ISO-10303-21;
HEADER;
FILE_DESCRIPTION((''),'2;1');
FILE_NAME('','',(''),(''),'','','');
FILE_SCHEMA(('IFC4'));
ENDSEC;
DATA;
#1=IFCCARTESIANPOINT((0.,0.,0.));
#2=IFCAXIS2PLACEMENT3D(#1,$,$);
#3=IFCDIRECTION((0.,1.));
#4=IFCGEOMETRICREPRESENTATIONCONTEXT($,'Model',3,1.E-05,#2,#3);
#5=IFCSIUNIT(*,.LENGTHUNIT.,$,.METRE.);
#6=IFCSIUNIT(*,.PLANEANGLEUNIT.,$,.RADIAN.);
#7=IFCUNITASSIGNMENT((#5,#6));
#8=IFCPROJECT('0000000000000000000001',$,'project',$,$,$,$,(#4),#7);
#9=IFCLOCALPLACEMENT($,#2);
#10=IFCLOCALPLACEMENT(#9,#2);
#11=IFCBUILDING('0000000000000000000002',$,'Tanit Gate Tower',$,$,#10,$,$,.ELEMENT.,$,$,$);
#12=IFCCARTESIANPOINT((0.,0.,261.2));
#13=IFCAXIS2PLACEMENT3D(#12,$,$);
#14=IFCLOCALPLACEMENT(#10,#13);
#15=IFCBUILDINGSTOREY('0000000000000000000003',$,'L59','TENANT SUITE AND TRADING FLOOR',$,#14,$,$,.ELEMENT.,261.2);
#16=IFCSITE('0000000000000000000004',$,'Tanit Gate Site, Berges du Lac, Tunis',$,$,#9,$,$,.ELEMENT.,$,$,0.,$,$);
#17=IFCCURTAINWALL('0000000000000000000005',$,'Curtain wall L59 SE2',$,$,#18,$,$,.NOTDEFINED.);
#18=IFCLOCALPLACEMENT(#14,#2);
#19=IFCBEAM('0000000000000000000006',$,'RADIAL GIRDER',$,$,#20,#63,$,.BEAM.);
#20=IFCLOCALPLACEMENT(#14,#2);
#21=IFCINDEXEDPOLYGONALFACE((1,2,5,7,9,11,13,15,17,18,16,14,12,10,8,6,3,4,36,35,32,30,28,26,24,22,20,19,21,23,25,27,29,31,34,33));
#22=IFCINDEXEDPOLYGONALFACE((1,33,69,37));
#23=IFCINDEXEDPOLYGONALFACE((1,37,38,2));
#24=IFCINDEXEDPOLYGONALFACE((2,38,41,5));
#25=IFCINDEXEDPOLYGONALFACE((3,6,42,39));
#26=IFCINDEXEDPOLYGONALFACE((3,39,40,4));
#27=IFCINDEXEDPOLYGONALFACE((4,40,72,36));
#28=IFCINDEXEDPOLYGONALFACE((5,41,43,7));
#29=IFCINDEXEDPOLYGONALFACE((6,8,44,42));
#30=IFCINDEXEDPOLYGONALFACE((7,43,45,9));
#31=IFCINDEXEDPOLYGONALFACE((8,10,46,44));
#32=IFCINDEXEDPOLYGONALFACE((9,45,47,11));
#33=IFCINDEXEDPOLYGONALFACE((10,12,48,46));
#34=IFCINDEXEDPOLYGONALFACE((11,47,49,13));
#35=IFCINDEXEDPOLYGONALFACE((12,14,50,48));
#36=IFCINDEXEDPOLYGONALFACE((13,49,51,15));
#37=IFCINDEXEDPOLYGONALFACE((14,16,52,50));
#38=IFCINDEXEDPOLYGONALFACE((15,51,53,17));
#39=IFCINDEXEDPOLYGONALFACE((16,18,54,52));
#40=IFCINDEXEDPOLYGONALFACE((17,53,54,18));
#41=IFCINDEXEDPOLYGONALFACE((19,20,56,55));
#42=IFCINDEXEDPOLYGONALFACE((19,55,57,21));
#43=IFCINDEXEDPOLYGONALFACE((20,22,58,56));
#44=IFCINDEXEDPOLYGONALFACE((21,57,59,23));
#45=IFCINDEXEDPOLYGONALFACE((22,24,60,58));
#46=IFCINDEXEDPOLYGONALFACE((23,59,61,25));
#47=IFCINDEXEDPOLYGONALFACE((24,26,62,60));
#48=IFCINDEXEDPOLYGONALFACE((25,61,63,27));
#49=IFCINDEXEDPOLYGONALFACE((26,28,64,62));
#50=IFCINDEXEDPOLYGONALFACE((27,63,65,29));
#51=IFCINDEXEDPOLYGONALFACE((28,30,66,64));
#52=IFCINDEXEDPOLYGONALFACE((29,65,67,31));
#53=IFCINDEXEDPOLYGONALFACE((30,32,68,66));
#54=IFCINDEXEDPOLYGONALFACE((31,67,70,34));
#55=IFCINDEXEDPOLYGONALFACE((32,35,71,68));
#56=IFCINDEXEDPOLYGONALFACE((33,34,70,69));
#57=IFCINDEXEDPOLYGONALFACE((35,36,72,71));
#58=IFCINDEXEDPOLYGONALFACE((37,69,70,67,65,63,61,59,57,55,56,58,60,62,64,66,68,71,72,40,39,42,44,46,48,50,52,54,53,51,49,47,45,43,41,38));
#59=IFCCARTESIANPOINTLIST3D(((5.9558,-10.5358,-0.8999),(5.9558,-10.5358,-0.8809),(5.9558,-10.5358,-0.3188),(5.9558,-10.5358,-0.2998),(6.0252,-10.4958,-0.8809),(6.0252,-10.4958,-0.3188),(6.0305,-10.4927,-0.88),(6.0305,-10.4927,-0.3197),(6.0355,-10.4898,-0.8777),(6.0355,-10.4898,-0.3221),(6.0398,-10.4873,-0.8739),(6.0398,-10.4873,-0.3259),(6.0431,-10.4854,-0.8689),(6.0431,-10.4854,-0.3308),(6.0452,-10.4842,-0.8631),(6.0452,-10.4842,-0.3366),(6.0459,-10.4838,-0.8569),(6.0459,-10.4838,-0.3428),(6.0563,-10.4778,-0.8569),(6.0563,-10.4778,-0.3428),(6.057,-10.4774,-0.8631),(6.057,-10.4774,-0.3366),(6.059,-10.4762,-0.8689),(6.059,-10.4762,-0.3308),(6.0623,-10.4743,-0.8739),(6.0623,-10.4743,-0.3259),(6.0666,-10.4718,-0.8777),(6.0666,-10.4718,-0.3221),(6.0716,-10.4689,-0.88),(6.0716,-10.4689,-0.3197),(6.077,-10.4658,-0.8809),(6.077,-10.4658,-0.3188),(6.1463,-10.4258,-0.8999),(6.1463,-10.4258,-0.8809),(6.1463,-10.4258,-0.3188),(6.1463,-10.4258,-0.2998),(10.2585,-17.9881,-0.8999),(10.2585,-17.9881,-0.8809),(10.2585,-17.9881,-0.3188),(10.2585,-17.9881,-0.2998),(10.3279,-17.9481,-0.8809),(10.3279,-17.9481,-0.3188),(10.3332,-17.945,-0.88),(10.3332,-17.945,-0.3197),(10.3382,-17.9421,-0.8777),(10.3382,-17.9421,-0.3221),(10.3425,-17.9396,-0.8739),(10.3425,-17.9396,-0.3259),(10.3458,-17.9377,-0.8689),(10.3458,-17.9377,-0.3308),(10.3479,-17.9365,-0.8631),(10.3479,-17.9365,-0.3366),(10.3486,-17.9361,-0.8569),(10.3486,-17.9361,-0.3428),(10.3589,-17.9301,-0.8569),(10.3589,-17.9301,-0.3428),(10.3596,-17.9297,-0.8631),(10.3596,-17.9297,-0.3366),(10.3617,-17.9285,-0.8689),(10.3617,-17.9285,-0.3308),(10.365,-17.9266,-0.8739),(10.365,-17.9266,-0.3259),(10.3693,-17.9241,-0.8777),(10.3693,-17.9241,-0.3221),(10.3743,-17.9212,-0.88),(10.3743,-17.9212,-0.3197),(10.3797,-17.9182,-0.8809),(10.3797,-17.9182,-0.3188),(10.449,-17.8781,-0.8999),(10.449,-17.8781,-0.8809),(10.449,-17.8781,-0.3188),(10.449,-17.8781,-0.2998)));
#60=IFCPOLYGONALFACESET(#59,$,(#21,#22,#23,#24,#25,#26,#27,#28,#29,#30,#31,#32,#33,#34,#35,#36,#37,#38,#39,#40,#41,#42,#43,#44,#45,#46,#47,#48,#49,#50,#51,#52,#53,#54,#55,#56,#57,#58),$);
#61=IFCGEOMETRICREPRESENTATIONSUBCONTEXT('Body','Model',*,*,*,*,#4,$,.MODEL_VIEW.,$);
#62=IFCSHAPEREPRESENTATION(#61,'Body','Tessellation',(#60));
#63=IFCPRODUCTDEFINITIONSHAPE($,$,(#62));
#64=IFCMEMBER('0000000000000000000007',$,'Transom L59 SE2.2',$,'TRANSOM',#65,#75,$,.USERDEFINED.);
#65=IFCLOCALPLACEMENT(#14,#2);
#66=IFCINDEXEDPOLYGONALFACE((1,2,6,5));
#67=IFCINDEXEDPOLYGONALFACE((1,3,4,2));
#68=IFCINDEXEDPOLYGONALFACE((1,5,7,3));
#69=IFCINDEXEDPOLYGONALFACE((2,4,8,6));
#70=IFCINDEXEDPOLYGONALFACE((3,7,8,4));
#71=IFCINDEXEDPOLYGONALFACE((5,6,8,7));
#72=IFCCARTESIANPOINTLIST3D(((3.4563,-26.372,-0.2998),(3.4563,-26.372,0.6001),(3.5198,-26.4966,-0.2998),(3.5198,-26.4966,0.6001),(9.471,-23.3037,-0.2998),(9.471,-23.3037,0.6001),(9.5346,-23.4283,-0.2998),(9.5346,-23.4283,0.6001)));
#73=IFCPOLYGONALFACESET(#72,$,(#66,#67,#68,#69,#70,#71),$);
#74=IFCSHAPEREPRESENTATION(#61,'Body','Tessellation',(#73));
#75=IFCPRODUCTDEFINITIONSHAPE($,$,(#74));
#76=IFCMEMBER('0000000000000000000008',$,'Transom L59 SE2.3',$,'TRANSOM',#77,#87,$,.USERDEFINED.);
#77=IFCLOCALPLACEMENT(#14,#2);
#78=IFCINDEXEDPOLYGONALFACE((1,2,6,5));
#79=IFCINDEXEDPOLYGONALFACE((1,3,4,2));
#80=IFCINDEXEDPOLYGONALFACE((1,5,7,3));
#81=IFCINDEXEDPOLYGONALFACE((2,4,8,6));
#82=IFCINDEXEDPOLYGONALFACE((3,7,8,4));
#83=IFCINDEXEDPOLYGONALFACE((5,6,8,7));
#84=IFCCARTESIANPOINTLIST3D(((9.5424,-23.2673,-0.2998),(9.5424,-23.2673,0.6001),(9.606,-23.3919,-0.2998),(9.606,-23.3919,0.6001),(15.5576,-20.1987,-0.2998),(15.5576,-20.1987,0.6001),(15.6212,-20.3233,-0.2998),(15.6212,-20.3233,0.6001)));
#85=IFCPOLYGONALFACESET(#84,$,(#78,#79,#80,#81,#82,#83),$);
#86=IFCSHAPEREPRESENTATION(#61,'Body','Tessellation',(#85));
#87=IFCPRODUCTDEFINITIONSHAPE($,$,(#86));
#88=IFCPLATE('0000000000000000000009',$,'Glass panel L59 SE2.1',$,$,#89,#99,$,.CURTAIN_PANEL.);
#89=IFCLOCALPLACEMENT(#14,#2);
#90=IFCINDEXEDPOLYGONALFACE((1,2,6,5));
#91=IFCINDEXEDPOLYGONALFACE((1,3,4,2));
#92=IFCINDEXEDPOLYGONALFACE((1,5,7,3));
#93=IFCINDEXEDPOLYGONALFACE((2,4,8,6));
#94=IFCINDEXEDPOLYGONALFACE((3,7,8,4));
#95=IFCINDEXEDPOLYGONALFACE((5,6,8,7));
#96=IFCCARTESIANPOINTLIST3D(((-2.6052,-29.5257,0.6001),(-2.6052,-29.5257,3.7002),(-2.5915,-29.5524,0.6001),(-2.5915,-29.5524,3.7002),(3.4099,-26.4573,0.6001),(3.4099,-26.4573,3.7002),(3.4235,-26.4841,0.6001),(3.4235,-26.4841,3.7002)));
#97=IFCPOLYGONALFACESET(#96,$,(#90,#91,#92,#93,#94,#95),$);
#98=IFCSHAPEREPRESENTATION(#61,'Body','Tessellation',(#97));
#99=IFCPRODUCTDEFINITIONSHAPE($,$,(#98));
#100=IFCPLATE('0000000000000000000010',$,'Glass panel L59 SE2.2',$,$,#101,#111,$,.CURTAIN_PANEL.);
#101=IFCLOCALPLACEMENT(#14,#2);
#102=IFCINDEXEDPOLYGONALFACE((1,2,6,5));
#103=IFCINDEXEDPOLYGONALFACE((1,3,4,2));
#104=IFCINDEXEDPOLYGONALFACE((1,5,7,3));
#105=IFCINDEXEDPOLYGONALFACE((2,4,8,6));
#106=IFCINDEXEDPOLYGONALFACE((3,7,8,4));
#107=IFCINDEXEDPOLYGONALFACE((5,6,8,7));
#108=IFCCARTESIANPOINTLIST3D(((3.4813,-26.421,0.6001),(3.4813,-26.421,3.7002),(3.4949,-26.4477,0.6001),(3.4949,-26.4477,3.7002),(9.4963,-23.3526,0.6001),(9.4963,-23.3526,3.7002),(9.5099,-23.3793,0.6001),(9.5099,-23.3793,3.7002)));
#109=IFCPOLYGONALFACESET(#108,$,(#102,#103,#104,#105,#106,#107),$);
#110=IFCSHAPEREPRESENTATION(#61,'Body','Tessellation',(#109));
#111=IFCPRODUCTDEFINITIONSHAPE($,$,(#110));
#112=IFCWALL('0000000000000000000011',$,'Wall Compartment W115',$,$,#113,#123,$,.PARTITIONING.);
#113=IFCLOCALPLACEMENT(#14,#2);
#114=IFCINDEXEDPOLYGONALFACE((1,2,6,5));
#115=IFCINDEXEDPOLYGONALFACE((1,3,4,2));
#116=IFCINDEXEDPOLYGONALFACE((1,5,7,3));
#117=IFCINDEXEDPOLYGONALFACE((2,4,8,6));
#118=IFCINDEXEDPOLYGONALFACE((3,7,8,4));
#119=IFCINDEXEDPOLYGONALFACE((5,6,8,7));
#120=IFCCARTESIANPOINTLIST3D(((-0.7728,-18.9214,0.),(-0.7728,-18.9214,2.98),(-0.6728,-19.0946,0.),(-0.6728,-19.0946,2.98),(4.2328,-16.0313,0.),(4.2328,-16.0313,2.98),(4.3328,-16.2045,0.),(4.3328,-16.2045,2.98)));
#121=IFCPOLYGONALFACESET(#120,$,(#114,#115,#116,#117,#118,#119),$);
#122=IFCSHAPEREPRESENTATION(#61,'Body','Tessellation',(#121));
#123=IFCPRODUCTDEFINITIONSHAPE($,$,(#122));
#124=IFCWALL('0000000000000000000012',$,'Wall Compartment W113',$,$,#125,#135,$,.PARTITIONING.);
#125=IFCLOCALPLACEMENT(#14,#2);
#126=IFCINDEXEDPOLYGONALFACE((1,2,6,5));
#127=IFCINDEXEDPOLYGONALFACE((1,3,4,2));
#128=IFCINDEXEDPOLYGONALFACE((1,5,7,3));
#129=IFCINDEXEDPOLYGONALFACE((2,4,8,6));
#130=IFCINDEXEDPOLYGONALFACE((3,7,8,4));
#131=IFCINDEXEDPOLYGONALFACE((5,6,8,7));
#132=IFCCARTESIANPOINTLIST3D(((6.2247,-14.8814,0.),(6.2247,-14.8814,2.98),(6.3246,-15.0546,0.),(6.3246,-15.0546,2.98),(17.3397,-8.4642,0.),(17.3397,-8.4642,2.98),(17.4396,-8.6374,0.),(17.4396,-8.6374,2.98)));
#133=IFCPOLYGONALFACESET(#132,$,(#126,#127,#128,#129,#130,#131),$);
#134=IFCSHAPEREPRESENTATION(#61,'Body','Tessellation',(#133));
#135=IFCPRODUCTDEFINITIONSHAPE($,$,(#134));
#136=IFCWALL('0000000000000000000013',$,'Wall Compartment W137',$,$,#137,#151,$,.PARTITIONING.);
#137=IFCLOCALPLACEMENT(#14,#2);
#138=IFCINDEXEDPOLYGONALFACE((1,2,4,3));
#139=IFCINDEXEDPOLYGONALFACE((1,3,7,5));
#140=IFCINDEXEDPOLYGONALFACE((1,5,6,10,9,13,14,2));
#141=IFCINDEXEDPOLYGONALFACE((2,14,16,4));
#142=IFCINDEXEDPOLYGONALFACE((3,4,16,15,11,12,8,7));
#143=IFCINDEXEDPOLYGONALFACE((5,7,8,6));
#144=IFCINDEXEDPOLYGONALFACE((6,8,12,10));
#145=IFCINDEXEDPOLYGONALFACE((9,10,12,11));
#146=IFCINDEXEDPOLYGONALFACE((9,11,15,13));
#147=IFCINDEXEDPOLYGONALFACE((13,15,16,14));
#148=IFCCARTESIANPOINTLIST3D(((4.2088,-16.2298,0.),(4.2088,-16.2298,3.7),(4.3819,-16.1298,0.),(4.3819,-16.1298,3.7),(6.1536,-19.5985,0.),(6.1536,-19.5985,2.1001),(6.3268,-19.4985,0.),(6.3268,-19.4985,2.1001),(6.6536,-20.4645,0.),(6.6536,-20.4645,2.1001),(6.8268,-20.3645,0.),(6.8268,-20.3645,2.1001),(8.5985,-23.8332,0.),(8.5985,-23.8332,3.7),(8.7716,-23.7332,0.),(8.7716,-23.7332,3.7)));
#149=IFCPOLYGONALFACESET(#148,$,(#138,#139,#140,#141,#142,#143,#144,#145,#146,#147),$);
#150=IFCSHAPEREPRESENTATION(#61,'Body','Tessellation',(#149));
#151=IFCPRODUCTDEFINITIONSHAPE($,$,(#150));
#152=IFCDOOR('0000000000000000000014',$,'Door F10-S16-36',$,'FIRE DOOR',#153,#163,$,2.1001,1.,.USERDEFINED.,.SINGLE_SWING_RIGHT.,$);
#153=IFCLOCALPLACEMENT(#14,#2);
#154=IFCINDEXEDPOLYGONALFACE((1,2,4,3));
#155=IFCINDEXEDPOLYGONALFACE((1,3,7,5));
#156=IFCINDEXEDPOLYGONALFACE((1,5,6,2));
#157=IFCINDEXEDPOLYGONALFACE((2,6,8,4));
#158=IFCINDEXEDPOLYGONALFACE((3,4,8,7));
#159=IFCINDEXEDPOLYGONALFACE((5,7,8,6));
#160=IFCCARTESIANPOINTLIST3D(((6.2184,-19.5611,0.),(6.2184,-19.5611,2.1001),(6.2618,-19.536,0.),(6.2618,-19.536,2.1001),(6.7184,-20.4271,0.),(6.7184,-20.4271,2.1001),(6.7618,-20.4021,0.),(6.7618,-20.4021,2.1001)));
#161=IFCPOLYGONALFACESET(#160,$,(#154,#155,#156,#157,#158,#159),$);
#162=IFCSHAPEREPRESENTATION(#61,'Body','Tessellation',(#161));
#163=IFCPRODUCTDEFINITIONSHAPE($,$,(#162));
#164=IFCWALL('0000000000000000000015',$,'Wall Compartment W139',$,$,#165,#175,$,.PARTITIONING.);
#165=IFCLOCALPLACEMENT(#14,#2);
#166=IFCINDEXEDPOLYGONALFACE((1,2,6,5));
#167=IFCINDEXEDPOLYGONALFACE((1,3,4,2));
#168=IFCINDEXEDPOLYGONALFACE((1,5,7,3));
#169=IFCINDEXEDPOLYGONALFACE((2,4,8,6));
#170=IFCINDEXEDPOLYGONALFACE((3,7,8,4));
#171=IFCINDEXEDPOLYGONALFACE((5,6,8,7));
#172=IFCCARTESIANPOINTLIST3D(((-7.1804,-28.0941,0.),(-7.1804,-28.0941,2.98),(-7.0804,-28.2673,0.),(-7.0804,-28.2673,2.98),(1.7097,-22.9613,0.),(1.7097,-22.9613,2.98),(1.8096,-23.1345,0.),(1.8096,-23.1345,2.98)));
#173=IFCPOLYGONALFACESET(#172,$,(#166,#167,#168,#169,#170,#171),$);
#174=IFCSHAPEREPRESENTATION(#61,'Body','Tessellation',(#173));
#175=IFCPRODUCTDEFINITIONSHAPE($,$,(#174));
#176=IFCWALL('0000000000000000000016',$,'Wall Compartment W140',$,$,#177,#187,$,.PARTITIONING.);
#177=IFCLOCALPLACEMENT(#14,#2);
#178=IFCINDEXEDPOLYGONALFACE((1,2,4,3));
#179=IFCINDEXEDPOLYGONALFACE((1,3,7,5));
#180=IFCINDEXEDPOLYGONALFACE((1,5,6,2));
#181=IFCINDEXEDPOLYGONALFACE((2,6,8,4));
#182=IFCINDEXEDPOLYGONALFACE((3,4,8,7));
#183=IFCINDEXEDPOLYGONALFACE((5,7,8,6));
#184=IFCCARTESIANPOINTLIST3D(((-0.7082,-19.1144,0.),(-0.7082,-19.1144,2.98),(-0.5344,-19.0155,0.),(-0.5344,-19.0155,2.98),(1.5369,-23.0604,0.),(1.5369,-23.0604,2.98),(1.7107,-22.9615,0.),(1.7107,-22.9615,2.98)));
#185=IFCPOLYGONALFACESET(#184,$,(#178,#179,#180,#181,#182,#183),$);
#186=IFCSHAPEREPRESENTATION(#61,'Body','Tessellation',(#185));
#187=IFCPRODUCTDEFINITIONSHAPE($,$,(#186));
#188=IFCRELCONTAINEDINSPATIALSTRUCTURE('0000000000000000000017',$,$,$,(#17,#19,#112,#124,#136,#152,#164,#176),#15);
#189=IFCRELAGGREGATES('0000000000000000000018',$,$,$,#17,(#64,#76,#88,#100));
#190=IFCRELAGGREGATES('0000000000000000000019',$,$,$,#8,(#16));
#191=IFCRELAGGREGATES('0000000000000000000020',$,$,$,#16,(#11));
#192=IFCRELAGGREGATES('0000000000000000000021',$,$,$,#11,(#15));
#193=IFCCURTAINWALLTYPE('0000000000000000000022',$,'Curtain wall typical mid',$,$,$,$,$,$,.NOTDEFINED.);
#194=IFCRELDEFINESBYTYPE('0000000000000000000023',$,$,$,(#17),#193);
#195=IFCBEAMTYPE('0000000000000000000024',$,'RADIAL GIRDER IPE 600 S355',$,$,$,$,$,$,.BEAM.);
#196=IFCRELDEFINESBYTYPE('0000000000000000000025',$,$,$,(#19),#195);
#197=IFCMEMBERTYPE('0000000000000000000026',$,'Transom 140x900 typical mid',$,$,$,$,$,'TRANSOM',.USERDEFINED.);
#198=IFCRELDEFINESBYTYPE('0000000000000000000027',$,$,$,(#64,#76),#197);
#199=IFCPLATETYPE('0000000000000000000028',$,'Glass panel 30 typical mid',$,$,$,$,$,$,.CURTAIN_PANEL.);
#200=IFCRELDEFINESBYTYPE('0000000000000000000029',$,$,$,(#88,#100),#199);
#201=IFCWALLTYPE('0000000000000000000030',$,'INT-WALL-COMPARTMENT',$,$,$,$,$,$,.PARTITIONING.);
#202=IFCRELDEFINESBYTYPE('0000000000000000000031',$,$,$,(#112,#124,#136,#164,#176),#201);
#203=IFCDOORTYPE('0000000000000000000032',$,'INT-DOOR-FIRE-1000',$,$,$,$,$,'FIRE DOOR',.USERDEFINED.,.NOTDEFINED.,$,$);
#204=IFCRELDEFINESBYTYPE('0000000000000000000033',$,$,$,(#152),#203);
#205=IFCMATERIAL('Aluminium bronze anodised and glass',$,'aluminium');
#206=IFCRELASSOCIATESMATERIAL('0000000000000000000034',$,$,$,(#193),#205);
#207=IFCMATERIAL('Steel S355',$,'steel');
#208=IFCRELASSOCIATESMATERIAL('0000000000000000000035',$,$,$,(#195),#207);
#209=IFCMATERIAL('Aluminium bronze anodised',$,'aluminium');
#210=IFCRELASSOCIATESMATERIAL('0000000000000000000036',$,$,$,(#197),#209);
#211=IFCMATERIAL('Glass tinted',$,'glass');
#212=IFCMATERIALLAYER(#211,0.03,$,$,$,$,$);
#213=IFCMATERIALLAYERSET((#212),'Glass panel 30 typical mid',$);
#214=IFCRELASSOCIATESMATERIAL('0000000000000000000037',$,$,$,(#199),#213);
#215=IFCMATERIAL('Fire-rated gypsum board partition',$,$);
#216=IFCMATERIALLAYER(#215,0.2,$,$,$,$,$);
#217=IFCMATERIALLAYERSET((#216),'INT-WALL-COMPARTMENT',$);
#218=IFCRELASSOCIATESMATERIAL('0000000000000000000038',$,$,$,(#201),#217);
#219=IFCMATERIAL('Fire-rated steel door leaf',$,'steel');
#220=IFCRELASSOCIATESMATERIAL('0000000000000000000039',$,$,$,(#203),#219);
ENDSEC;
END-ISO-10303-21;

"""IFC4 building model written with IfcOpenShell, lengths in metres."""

from ifc_helpers import new_model, si_unit, direction, frame, frame_2d, origin, origin_2d, place, context, subcontext, project, spatial, rectangle, i_section, extrude, material, layer, layer_set, material_profile, profile_set, type_object, element, fill, aggregate, save


model = new_model("IFC4")

# Units and contexts
model_context = context("Model", 3, precision=1e-05, world=origin(), true_north=direction((0.0, 1.0)))
body_context = subcontext(model_context, "Body", "Model", "MODEL_VIEW")
ifc_project = project(units=[si_unit("LENGTHUNIT", "METRE"), si_unit("PLANEANGLEUNIT", "RADIAN")], contexts=[model_context])

# Site, building, storey
site_placement = place(None, origin())
site = spatial("IfcSite", under=ifc_project, at=site_placement, Name="Tanit Gate Site, Berges du Lac, Tunis", CompositionType="ELEMENT", RefElevation=0.0)
building_placement = place(site_placement, origin())
building = spatial("IfcBuilding", under=site, at=building_placement, Name="Tanit Gate Tower", CompositionType="ELEMENT")
storey_placement = place(building_placement, frame((0.0, 0.0, 261.2)))
storey = spatial("IfcBuildingStorey", under=building, at=storey_placement, Name="L59", Description="TENANT SUITE AND TRADING FLOOR", CompositionType="ELEMENT", Elevation=261.2)

# Curtain wall
ifc_material_1 = material(Name="Aluminium bronze anodised and glass", Category="aluminium")
curtain_wall_type = type_object("IfcCurtainWallType", Name="Curtain wall typical mid", PredefinedType="NOTDEFINED", material=ifc_material_1)
curtain_wall_placement = place(storey_placement, origin())
curtain_wall = element("IfcCurtainWall", 1, at=curtain_wall_placement, inside=storey, type_object=curtain_wall_type, Name="Curtain wall L59 SE2", PredefinedType="NOTDEFINED")

# Beam
ifc_material_2 = material(Name="Steel S355", Category="steel")
ifc_material_profile_1 = material_profile(ifc_material_2, i_section(OverallWidth=0.22, OverallDepth=0.6001, WebThickness=0.012, FlangeThickness=0.019, FilletRadius=0.0239, at=origin_2d()), Name="IPE 600")
ifc_profile_set_1 = profile_set([ifc_material_profile_1], Name="Steel S355")
beam_type_1 = type_object("IfcBeamType", Name="RADIAL GIRDER IPE 600 S355", PredefinedType="BEAM", material=ifc_profile_set_1)
beam_1_placement = place(storey_placement, frame((10.3538, -17.9331, -0.5999), z_axis=(-0.500008, 0.866021, 0.0), x_axis=(-0.866021, -0.500008, 0.0)))
element("IfcBeam", 2, at=beam_1_placement, inside=storey, type_object=beam_type_1, Name="RADIAL GIRDER", PredefinedType="BEAM", context=body_context, shape_type="SweptSolid", body=[
    extrude(i_section(OverallWidth=0.22, OverallDepth=0.6001, WebThickness=0.012, FlangeThickness=0.019, FilletRadius=0.0239, at=origin_2d()), origin(), (0.0, 0.0, 1.0), 8.6052),
])

# Members
ifc_material_3 = material(Name="Aluminium bronze anodised", Category="aluminium")
ifc_material_profile_2 = material_profile(ifc_material_3, rectangle(XDim=0.1399, YDim=0.8999, at=origin_2d()), Name="140x900 bronze transom")
ifc_profile_set_2 = profile_set([ifc_material_profile_2], Name="Aluminium bronze anodised")
member_type_1 = type_object("IfcMemberType", Name="Transom 140x900 typical mid", ElementType="TRANSOM", PredefinedType="USERDEFINED", material=ifc_profile_set_2)
member_1_placement = place(storey_placement, frame((3.488, -26.4343, 0.1501), z_axis=(0.89079, 0.454416, 0.0), x_axis=(-0.454416, 0.89079, 0.0)))
member_1 = element("IfcMember", 3, at=member_1_placement, type_object=member_type_1, Name="Transom L59 SE2.2", ObjectType="TRANSOM", PredefinedType="USERDEFINED", context=body_context, shape_type="SweptSolid", body=[
    extrude(rectangle(XDim=0.1399, YDim=0.8999, at=origin_2d()), origin(), (0.0, 0.0, 1.0), 6.7522),
])
member_2_placement = place(storey_placement, frame((9.5742, -23.3296, 0.1501), z_axis=(0.890782, 0.45443, 0.0), x_axis=(-0.45443, 0.890782, 0.0)))
member_2 = element("IfcMember", 4, at=member_2_placement, type_object=member_type_1, Name="Transom L59 SE2.3", ObjectType="TRANSOM", PredefinedType="USERDEFINED", context=body_context, shape_type="SweptSolid", body=[
    extrude(rectangle(XDim=0.1399, YDim=0.8999, at=origin_2d()), origin(), (0.0, 0.0, 1.0), 6.7527),
])

# Plates
ifc_material_4 = material(Name="Glass tinted", Category="glass")
ifc_layer_1 = layer(ifc_material_4, 0.03)
ifc_layer_set_1 = layer_set([ifc_layer_1], Name="Glass panel 30 typical mid")
plate_type = type_object("IfcPlateType", Name="Glass panel 30 typical mid", PredefinedType="CURTAIN_PANEL", material=ifc_layer_set_1)
plate_1_placement = place(storey_placement, frame((0.4092, -28.0049, 0.6001), z_axis=(0.0, 0.0, 1.0), x_axis=(0.890792, 0.454411, 0.0)))
plate_1 = element("IfcPlate", 5, at=plate_1_placement, type_object=plate_type, Name="Glass panel L59 SE2.1", PredefinedType="CURTAIN_PANEL", context=body_context, shape_type="SweptSolid", body=[
    extrude(rectangle(XDim=6.7524, YDim=0.03, at=origin_2d()), origin(), (0.0, 0.0, 1.0), 3.1001),
])
plate_2_placement = place(storey_placement, frame((6.4956, -24.9001, 0.6001), z_axis=(0.0, 0.0, 1.0), x_axis=(0.890792, 0.454411, 0.0)))
plate_2 = element("IfcPlate", 6, at=plate_2_placement, type_object=plate_type, Name="Glass panel L59 SE2.2", PredefinedType="CURTAIN_PANEL", context=body_context, shape_type="SweptSolid", body=[
    extrude(rectangle(XDim=6.7524, YDim=0.03, at=origin_2d()), origin(), (0.0, 0.0, 1.0), 3.1001),
])
aggregate(curtain_wall, [member_1, member_2, plate_1, plate_2])

# Walls
ifc_material_5 = material(Name="Fire-rated gypsum board partition")
ifc_layer_2 = layer(ifc_material_5, 0.2)
ifc_layer_set_2 = layer_set([ifc_layer_2], Name="INT-WALL-COMPARTMENT")
wall_type_1 = type_object("IfcWallType", Name="INT-WALL-COMPARTMENT", PredefinedType="PARTITIONING", material=ifc_layer_set_2)
wall_1_placement = place(storey_placement, frame((-0.7229, -19.0081, 0.0), z_axis=(0.0, 0.0, 1.0), x_axis=(0.866015, 0.500019, 0.0)))
element("IfcWall", 7, at=wall_1_placement, inside=storey, type_object=wall_type_1, Name="Wall Compartment W115", PredefinedType="PARTITIONING", context=body_context, shape_type="SweptSolid", body=[
    extrude(rectangle(XDim=5.78, YDim=0.2, at=frame_2d((2.8901, 0.0))), origin(), (0.0, 0.0, 1.0), 2.98),
])
wall_2_placement = place(storey_placement, frame((6.2747, -14.968, 0.0), z_axis=(0.0, 0.0, 1.0), x_axis=(0.866026, 0.5, 0.0)))
element("IfcWall", 8, at=wall_2_placement, inside=storey, type_object=wall_type_1, Name="Wall Compartment W113", PredefinedType="PARTITIONING", context=body_context, shape_type="SweptSolid", body=[
    extrude(rectangle(XDim=12.8345, YDim=0.2, at=frame_2d((6.4172, 0.0))), origin(), (0.0, 0.0, 1.0), 2.98),
])

# Wall, opening, door
wall_3_placement = place(storey_placement, frame((4.2954, -16.1799, 0.0), z_axis=(0.0, 0.0, 1.0), x_axis=(0.499991, -0.86603, 0.0)))
wall_3 = element("IfcWall", 9, at=wall_3_placement, inside=storey, type_object=wall_type_1, Name="Wall Compartment W137", PredefinedType="PARTITIONING", context=body_context, shape_type="SweptSolid", body=[
    extrude(rectangle(XDim=8.7795, YDim=0.2, at=frame_2d((4.3896, 0.0))), origin(), (0.0, 0.0, 1.0), 3.7),
])
opening_1_placement = place(wall_3_placement, frame((3.8896, 0.0, 0.0)))
opening_1 = element("IfcOpeningElement", 10, at=opening_1_placement, cuts=wall_3, PredefinedType="OPENING", context=body_context, shape_type="SweptSolid", body=[
    extrude(rectangle(XDim=1.0, YDim=2.1001, at=frame_2d((0.5, 1.05))), frame((0.0, 0.1099, 0.0), z_axis=(0.0, -1.0, 0.0), x_axis=(1.0, 0.0, 0.0)), (0.0, 0.0, 1.0), 0.22),
])
ifc_material_6 = material(Name="Fire-rated steel door leaf", Category="steel")
door_type_1 = type_object("IfcDoorType", Name="INT-DOOR-FIRE-1000", ElementType="FIRE DOOR", OperationType="NOTDEFINED", PredefinedType="USERDEFINED", material=ifc_material_6)
door_1_placement = place(opening_1_placement, origin())
door_1 = element("IfcDoor", 11, at=door_1_placement, inside=storey, type_object=door_type_1, Name="Door F10-S16-36", ObjectType="FIRE DOOR", OperationType="SINGLE_SWING_RIGHT", OverallHeight=2.1001, OverallWidth=1.0, PredefinedType="USERDEFINED", context=body_context, shape_type="SweptSolid", body=[
    extrude(rectangle(XDim=1.0, YDim=2.1001, at=frame_2d((0.5, 1.05))), frame((0.0, 0.0249, 0.0), z_axis=(0.0, -1.0, 0.0), x_axis=(1.0, 0.0, 0.0)), (0.0, 0.0, 1.0), 0.05),
])
fill(opening_1, door_1)

# Walls
wall_4_placement = place(storey_placement, frame((1.7598, -23.0479, 0.0), z_axis=(0.0, 0.0, 1.0), x_axis=(-0.866022, -0.500007, 0.0)))
element("IfcWall", 12, at=wall_4_placement, inside=storey, type_object=wall_type_1, Name="Wall Compartment W139", PredefinedType="PARTITIONING", context=body_context, shape_type="SweptSolid", body=[
    extrude(rectangle(XDim=10.2654, YDim=0.2, at=frame_2d((5.1328, 0.0))), origin(), (0.0, 0.0, 1.0), 2.98),
])
wall_5_placement = place(storey_placement, frame((1.6238, -23.011, 0.0), z_axis=(0.0, 0.0, 1.0), x_axis=(-0.494517, 0.869168, 0.0)))
element("IfcWall", 13, at=wall_5_placement, inside=storey, type_object=wall_type_1, Name="Wall Compartment W140", PredefinedType="PARTITIONING", context=body_context, shape_type="SweptSolid", body=[
    extrude(rectangle(XDim=4.54, YDim=0.2, at=frame_2d((2.27, 0.0))), origin(), (0.0, 0.0, 1.0), 2.98),
])

save(model, "model.ifc")
